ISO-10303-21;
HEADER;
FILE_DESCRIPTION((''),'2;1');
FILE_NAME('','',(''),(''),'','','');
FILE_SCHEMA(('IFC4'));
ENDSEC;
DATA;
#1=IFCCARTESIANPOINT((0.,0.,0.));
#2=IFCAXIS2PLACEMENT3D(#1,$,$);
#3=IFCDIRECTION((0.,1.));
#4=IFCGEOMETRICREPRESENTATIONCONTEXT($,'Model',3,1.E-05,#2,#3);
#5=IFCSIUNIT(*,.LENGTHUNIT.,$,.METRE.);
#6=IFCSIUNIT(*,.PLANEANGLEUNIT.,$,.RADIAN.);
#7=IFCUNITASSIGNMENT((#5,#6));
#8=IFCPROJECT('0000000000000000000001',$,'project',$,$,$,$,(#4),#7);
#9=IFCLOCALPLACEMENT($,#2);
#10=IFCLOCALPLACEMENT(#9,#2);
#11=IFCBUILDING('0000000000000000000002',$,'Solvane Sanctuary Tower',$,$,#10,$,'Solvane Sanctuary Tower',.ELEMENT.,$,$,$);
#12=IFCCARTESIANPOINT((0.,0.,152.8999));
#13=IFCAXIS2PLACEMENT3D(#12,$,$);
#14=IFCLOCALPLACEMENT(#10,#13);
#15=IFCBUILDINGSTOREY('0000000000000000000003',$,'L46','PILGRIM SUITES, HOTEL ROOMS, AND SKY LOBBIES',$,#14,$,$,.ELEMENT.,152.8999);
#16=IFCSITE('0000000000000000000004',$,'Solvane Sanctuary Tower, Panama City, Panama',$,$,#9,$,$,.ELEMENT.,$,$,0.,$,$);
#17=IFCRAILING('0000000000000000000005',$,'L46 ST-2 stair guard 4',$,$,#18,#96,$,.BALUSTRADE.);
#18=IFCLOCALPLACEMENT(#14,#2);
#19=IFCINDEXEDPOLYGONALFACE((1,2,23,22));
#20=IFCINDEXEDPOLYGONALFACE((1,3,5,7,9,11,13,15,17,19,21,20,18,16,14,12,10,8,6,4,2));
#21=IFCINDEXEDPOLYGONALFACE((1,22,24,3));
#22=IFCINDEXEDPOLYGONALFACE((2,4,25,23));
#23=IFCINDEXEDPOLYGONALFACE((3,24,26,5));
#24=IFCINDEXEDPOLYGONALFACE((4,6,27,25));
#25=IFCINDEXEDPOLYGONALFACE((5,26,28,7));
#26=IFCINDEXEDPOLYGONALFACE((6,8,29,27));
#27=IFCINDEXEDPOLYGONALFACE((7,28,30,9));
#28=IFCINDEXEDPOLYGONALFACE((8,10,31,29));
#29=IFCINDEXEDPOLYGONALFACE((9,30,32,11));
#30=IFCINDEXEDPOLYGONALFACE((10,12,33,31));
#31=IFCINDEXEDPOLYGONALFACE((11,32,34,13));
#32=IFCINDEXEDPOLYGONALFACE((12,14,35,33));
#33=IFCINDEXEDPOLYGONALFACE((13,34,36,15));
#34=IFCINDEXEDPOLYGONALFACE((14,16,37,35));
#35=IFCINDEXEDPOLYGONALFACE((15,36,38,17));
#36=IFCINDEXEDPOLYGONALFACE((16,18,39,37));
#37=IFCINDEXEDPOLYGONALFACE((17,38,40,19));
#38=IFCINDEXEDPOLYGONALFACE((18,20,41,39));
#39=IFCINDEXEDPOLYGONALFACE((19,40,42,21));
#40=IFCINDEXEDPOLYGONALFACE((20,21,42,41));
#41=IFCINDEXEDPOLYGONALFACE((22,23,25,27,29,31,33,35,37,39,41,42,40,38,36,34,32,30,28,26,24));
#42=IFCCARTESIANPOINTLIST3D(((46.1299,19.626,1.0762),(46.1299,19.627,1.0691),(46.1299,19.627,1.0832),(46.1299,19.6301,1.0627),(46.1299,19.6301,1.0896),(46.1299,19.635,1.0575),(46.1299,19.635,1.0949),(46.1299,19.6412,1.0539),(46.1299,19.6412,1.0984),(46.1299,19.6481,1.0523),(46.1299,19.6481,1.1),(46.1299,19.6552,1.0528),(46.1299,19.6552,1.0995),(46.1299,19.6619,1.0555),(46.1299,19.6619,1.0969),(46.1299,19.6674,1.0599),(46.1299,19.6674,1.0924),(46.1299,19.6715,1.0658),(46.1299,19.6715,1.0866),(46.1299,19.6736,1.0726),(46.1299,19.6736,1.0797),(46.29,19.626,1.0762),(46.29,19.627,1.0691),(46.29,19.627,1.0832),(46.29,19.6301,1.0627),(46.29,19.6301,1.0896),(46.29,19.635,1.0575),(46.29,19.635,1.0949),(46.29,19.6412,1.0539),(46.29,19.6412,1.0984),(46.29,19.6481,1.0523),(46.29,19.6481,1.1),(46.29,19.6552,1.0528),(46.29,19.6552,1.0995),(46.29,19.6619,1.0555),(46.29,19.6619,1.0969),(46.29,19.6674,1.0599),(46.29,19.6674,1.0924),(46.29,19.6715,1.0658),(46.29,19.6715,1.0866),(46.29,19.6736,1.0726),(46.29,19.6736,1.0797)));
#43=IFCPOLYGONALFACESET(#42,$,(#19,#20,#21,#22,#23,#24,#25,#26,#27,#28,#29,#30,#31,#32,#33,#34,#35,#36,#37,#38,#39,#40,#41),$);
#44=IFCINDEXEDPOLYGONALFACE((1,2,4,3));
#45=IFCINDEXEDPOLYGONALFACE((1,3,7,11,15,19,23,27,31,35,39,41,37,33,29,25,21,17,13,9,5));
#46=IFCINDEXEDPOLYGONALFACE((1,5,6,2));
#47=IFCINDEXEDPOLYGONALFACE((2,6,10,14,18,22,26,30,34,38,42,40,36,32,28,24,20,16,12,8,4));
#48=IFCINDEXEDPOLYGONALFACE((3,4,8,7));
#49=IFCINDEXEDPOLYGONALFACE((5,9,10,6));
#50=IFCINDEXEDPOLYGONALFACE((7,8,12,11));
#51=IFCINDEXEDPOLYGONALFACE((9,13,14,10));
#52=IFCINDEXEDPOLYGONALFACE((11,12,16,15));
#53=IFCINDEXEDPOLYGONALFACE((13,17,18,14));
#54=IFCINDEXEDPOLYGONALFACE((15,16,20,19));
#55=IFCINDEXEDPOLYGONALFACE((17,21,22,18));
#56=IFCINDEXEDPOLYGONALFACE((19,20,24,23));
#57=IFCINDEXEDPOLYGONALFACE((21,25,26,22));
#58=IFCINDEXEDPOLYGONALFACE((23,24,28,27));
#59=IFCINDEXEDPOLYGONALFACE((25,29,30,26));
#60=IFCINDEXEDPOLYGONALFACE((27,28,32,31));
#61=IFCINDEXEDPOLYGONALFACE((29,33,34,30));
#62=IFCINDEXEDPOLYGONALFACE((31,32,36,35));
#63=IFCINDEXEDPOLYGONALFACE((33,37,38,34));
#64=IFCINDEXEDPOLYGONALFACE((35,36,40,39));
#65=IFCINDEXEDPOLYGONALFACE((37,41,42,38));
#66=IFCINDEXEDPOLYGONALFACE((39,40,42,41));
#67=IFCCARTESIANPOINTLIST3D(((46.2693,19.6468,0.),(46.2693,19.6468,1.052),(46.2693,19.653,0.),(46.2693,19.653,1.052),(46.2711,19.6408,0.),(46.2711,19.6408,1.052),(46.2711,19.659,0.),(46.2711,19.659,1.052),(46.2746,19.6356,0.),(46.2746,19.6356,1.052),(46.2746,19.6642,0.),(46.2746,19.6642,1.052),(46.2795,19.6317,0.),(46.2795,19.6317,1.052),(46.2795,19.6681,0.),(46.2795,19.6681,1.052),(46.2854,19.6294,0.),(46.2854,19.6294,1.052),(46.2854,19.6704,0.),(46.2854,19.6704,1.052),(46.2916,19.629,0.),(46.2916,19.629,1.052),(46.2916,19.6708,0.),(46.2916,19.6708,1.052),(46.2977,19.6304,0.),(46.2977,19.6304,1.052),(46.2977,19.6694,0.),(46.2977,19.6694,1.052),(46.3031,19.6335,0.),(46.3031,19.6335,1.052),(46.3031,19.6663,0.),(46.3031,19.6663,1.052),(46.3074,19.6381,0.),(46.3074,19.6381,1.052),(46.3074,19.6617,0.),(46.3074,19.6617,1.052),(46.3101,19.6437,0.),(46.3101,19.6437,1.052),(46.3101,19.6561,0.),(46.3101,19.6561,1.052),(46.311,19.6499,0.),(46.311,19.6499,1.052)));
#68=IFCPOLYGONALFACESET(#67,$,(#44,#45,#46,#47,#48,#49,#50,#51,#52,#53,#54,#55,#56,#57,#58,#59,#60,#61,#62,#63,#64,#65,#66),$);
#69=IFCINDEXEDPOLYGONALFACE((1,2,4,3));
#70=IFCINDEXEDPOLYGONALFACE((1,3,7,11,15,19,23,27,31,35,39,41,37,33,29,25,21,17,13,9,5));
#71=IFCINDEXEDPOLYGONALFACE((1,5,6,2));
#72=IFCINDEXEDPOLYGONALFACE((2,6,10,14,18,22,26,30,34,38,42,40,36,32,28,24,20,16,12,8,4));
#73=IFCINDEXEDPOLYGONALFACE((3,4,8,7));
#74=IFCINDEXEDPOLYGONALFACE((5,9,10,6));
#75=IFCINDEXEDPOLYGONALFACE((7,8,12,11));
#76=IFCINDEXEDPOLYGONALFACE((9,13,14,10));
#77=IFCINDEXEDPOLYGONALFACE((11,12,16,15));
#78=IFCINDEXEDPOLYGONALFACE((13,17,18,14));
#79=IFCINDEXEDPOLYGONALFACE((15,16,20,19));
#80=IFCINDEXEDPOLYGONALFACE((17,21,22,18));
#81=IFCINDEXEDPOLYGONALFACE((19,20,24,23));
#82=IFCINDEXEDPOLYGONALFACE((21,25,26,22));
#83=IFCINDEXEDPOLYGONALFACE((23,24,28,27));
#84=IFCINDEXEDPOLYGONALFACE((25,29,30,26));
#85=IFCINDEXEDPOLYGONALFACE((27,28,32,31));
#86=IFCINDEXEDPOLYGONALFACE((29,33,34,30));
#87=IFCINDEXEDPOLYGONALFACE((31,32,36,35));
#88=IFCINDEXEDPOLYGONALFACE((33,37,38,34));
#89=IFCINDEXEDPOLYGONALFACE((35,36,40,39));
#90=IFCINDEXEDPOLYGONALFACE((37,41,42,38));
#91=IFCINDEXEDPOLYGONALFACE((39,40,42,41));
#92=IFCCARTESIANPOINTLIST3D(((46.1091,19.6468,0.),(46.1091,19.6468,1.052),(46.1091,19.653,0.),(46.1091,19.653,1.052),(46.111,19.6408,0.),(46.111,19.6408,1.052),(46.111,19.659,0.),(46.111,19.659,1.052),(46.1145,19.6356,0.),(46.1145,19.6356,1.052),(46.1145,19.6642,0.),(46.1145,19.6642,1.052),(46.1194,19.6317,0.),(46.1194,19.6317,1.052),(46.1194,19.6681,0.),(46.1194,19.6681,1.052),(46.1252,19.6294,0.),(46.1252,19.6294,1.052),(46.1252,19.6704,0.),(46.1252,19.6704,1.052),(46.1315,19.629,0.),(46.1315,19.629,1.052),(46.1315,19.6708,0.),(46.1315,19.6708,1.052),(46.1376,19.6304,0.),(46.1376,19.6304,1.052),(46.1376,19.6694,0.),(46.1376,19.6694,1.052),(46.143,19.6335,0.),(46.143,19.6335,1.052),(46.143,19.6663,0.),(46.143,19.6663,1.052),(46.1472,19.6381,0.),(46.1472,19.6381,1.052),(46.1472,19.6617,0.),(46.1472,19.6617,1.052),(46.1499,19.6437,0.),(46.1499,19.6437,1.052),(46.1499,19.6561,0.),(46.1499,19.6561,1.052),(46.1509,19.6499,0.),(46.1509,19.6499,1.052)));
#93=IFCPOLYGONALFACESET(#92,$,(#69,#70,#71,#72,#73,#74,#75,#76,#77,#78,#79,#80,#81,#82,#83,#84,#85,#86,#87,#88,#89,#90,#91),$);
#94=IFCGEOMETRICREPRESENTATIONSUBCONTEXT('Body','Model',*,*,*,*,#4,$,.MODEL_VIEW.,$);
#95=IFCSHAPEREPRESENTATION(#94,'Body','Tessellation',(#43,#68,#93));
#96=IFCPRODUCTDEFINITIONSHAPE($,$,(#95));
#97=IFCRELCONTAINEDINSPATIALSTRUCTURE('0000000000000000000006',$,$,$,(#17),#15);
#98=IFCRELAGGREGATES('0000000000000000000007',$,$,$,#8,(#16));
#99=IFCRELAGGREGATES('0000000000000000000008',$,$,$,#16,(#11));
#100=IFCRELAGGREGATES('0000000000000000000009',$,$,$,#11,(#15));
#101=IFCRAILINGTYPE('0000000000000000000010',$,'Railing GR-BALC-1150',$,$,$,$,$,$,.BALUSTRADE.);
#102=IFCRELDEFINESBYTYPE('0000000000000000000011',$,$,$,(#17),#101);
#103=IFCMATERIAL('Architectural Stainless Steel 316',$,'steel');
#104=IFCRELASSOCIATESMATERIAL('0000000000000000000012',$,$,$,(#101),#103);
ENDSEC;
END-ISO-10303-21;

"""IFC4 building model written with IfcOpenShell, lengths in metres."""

from ifc_helpers import new_model, si_unit, direction, frame, origin, origin_2d, place, context, subcontext, project, spatial, circle, extrude, material, type_object, element, save


model = new_model("IFC4")

# Units and contexts
model_context = context("Model", 3, precision=1e-05, world=origin(), true_north=direction((0.0, 1.0)))
body_context = subcontext(model_context, "Body", "Model", "MODEL_VIEW")
ifc_project = project(units=[si_unit("LENGTHUNIT", "METRE"), si_unit("PLANEANGLEUNIT", "RADIAN")], contexts=[model_context])

# Site, building, storey
site_placement = place(None, origin())
site = spatial("IfcSite", under=ifc_project, at=site_placement, Name="Solvane Sanctuary Tower, Panama City, Panama", CompositionType="ELEMENT", RefElevation=0.0)
building_placement = place(site_placement, origin())
building = spatial("IfcBuilding", under=site, at=building_placement, Name="Solvane Sanctuary Tower", LongName="Solvane Sanctuary Tower", CompositionType="ELEMENT")
storey_placement = place(building_placement, frame((0.0, 0.0, 152.8999)))
storey = spatial("IfcBuildingStorey", under=building, at=storey_placement, Name="L46", Description="PILGRIM SUITES, HOTEL ROOMS, AND SKY LOBBIES", CompositionType="ELEMENT", Elevation=152.8999)

# Shared definitions
ifc_material_1 = material(Name="Architectural Stainless Steel 316", Category="steel")

# Railing
railing_type_1 = type_object("IfcRailingType", Name="Railing GR-BALC-1150", PredefinedType="BALUSTRADE", material=ifc_material_1)
railing_1_placement = place(storey_placement, frame((46.29, 19.6499, 0.0)))
element("IfcRailing", 1, at=railing_1_placement, inside=storey, type_object=railing_type_1, Name="L46 ST-2 stair guard 4", PredefinedType="BALUSTRADE", context=body_context, shape_type="SweptSolid", body=[
    extrude(circle(Radius=0.0239, at=origin_2d()), frame((0.0, 0.0, 1.0762), z_axis=(-1.0, 0.0, 0.0), x_axis=(0.0, -1.0, 0.0)), (0.0, 0.0, 1.0), 0.1602),
    extrude(circle(Radius=0.021, at=origin_2d()), origin(), (0.0, 0.0, 1.0), 1.052),
    extrude(circle(Radius=0.021, at=origin_2d()), frame((-0.1602, 0.0, 0.0)), (0.0, 0.0, 1.0), 1.052),
])

save(model, "model.ifc")
